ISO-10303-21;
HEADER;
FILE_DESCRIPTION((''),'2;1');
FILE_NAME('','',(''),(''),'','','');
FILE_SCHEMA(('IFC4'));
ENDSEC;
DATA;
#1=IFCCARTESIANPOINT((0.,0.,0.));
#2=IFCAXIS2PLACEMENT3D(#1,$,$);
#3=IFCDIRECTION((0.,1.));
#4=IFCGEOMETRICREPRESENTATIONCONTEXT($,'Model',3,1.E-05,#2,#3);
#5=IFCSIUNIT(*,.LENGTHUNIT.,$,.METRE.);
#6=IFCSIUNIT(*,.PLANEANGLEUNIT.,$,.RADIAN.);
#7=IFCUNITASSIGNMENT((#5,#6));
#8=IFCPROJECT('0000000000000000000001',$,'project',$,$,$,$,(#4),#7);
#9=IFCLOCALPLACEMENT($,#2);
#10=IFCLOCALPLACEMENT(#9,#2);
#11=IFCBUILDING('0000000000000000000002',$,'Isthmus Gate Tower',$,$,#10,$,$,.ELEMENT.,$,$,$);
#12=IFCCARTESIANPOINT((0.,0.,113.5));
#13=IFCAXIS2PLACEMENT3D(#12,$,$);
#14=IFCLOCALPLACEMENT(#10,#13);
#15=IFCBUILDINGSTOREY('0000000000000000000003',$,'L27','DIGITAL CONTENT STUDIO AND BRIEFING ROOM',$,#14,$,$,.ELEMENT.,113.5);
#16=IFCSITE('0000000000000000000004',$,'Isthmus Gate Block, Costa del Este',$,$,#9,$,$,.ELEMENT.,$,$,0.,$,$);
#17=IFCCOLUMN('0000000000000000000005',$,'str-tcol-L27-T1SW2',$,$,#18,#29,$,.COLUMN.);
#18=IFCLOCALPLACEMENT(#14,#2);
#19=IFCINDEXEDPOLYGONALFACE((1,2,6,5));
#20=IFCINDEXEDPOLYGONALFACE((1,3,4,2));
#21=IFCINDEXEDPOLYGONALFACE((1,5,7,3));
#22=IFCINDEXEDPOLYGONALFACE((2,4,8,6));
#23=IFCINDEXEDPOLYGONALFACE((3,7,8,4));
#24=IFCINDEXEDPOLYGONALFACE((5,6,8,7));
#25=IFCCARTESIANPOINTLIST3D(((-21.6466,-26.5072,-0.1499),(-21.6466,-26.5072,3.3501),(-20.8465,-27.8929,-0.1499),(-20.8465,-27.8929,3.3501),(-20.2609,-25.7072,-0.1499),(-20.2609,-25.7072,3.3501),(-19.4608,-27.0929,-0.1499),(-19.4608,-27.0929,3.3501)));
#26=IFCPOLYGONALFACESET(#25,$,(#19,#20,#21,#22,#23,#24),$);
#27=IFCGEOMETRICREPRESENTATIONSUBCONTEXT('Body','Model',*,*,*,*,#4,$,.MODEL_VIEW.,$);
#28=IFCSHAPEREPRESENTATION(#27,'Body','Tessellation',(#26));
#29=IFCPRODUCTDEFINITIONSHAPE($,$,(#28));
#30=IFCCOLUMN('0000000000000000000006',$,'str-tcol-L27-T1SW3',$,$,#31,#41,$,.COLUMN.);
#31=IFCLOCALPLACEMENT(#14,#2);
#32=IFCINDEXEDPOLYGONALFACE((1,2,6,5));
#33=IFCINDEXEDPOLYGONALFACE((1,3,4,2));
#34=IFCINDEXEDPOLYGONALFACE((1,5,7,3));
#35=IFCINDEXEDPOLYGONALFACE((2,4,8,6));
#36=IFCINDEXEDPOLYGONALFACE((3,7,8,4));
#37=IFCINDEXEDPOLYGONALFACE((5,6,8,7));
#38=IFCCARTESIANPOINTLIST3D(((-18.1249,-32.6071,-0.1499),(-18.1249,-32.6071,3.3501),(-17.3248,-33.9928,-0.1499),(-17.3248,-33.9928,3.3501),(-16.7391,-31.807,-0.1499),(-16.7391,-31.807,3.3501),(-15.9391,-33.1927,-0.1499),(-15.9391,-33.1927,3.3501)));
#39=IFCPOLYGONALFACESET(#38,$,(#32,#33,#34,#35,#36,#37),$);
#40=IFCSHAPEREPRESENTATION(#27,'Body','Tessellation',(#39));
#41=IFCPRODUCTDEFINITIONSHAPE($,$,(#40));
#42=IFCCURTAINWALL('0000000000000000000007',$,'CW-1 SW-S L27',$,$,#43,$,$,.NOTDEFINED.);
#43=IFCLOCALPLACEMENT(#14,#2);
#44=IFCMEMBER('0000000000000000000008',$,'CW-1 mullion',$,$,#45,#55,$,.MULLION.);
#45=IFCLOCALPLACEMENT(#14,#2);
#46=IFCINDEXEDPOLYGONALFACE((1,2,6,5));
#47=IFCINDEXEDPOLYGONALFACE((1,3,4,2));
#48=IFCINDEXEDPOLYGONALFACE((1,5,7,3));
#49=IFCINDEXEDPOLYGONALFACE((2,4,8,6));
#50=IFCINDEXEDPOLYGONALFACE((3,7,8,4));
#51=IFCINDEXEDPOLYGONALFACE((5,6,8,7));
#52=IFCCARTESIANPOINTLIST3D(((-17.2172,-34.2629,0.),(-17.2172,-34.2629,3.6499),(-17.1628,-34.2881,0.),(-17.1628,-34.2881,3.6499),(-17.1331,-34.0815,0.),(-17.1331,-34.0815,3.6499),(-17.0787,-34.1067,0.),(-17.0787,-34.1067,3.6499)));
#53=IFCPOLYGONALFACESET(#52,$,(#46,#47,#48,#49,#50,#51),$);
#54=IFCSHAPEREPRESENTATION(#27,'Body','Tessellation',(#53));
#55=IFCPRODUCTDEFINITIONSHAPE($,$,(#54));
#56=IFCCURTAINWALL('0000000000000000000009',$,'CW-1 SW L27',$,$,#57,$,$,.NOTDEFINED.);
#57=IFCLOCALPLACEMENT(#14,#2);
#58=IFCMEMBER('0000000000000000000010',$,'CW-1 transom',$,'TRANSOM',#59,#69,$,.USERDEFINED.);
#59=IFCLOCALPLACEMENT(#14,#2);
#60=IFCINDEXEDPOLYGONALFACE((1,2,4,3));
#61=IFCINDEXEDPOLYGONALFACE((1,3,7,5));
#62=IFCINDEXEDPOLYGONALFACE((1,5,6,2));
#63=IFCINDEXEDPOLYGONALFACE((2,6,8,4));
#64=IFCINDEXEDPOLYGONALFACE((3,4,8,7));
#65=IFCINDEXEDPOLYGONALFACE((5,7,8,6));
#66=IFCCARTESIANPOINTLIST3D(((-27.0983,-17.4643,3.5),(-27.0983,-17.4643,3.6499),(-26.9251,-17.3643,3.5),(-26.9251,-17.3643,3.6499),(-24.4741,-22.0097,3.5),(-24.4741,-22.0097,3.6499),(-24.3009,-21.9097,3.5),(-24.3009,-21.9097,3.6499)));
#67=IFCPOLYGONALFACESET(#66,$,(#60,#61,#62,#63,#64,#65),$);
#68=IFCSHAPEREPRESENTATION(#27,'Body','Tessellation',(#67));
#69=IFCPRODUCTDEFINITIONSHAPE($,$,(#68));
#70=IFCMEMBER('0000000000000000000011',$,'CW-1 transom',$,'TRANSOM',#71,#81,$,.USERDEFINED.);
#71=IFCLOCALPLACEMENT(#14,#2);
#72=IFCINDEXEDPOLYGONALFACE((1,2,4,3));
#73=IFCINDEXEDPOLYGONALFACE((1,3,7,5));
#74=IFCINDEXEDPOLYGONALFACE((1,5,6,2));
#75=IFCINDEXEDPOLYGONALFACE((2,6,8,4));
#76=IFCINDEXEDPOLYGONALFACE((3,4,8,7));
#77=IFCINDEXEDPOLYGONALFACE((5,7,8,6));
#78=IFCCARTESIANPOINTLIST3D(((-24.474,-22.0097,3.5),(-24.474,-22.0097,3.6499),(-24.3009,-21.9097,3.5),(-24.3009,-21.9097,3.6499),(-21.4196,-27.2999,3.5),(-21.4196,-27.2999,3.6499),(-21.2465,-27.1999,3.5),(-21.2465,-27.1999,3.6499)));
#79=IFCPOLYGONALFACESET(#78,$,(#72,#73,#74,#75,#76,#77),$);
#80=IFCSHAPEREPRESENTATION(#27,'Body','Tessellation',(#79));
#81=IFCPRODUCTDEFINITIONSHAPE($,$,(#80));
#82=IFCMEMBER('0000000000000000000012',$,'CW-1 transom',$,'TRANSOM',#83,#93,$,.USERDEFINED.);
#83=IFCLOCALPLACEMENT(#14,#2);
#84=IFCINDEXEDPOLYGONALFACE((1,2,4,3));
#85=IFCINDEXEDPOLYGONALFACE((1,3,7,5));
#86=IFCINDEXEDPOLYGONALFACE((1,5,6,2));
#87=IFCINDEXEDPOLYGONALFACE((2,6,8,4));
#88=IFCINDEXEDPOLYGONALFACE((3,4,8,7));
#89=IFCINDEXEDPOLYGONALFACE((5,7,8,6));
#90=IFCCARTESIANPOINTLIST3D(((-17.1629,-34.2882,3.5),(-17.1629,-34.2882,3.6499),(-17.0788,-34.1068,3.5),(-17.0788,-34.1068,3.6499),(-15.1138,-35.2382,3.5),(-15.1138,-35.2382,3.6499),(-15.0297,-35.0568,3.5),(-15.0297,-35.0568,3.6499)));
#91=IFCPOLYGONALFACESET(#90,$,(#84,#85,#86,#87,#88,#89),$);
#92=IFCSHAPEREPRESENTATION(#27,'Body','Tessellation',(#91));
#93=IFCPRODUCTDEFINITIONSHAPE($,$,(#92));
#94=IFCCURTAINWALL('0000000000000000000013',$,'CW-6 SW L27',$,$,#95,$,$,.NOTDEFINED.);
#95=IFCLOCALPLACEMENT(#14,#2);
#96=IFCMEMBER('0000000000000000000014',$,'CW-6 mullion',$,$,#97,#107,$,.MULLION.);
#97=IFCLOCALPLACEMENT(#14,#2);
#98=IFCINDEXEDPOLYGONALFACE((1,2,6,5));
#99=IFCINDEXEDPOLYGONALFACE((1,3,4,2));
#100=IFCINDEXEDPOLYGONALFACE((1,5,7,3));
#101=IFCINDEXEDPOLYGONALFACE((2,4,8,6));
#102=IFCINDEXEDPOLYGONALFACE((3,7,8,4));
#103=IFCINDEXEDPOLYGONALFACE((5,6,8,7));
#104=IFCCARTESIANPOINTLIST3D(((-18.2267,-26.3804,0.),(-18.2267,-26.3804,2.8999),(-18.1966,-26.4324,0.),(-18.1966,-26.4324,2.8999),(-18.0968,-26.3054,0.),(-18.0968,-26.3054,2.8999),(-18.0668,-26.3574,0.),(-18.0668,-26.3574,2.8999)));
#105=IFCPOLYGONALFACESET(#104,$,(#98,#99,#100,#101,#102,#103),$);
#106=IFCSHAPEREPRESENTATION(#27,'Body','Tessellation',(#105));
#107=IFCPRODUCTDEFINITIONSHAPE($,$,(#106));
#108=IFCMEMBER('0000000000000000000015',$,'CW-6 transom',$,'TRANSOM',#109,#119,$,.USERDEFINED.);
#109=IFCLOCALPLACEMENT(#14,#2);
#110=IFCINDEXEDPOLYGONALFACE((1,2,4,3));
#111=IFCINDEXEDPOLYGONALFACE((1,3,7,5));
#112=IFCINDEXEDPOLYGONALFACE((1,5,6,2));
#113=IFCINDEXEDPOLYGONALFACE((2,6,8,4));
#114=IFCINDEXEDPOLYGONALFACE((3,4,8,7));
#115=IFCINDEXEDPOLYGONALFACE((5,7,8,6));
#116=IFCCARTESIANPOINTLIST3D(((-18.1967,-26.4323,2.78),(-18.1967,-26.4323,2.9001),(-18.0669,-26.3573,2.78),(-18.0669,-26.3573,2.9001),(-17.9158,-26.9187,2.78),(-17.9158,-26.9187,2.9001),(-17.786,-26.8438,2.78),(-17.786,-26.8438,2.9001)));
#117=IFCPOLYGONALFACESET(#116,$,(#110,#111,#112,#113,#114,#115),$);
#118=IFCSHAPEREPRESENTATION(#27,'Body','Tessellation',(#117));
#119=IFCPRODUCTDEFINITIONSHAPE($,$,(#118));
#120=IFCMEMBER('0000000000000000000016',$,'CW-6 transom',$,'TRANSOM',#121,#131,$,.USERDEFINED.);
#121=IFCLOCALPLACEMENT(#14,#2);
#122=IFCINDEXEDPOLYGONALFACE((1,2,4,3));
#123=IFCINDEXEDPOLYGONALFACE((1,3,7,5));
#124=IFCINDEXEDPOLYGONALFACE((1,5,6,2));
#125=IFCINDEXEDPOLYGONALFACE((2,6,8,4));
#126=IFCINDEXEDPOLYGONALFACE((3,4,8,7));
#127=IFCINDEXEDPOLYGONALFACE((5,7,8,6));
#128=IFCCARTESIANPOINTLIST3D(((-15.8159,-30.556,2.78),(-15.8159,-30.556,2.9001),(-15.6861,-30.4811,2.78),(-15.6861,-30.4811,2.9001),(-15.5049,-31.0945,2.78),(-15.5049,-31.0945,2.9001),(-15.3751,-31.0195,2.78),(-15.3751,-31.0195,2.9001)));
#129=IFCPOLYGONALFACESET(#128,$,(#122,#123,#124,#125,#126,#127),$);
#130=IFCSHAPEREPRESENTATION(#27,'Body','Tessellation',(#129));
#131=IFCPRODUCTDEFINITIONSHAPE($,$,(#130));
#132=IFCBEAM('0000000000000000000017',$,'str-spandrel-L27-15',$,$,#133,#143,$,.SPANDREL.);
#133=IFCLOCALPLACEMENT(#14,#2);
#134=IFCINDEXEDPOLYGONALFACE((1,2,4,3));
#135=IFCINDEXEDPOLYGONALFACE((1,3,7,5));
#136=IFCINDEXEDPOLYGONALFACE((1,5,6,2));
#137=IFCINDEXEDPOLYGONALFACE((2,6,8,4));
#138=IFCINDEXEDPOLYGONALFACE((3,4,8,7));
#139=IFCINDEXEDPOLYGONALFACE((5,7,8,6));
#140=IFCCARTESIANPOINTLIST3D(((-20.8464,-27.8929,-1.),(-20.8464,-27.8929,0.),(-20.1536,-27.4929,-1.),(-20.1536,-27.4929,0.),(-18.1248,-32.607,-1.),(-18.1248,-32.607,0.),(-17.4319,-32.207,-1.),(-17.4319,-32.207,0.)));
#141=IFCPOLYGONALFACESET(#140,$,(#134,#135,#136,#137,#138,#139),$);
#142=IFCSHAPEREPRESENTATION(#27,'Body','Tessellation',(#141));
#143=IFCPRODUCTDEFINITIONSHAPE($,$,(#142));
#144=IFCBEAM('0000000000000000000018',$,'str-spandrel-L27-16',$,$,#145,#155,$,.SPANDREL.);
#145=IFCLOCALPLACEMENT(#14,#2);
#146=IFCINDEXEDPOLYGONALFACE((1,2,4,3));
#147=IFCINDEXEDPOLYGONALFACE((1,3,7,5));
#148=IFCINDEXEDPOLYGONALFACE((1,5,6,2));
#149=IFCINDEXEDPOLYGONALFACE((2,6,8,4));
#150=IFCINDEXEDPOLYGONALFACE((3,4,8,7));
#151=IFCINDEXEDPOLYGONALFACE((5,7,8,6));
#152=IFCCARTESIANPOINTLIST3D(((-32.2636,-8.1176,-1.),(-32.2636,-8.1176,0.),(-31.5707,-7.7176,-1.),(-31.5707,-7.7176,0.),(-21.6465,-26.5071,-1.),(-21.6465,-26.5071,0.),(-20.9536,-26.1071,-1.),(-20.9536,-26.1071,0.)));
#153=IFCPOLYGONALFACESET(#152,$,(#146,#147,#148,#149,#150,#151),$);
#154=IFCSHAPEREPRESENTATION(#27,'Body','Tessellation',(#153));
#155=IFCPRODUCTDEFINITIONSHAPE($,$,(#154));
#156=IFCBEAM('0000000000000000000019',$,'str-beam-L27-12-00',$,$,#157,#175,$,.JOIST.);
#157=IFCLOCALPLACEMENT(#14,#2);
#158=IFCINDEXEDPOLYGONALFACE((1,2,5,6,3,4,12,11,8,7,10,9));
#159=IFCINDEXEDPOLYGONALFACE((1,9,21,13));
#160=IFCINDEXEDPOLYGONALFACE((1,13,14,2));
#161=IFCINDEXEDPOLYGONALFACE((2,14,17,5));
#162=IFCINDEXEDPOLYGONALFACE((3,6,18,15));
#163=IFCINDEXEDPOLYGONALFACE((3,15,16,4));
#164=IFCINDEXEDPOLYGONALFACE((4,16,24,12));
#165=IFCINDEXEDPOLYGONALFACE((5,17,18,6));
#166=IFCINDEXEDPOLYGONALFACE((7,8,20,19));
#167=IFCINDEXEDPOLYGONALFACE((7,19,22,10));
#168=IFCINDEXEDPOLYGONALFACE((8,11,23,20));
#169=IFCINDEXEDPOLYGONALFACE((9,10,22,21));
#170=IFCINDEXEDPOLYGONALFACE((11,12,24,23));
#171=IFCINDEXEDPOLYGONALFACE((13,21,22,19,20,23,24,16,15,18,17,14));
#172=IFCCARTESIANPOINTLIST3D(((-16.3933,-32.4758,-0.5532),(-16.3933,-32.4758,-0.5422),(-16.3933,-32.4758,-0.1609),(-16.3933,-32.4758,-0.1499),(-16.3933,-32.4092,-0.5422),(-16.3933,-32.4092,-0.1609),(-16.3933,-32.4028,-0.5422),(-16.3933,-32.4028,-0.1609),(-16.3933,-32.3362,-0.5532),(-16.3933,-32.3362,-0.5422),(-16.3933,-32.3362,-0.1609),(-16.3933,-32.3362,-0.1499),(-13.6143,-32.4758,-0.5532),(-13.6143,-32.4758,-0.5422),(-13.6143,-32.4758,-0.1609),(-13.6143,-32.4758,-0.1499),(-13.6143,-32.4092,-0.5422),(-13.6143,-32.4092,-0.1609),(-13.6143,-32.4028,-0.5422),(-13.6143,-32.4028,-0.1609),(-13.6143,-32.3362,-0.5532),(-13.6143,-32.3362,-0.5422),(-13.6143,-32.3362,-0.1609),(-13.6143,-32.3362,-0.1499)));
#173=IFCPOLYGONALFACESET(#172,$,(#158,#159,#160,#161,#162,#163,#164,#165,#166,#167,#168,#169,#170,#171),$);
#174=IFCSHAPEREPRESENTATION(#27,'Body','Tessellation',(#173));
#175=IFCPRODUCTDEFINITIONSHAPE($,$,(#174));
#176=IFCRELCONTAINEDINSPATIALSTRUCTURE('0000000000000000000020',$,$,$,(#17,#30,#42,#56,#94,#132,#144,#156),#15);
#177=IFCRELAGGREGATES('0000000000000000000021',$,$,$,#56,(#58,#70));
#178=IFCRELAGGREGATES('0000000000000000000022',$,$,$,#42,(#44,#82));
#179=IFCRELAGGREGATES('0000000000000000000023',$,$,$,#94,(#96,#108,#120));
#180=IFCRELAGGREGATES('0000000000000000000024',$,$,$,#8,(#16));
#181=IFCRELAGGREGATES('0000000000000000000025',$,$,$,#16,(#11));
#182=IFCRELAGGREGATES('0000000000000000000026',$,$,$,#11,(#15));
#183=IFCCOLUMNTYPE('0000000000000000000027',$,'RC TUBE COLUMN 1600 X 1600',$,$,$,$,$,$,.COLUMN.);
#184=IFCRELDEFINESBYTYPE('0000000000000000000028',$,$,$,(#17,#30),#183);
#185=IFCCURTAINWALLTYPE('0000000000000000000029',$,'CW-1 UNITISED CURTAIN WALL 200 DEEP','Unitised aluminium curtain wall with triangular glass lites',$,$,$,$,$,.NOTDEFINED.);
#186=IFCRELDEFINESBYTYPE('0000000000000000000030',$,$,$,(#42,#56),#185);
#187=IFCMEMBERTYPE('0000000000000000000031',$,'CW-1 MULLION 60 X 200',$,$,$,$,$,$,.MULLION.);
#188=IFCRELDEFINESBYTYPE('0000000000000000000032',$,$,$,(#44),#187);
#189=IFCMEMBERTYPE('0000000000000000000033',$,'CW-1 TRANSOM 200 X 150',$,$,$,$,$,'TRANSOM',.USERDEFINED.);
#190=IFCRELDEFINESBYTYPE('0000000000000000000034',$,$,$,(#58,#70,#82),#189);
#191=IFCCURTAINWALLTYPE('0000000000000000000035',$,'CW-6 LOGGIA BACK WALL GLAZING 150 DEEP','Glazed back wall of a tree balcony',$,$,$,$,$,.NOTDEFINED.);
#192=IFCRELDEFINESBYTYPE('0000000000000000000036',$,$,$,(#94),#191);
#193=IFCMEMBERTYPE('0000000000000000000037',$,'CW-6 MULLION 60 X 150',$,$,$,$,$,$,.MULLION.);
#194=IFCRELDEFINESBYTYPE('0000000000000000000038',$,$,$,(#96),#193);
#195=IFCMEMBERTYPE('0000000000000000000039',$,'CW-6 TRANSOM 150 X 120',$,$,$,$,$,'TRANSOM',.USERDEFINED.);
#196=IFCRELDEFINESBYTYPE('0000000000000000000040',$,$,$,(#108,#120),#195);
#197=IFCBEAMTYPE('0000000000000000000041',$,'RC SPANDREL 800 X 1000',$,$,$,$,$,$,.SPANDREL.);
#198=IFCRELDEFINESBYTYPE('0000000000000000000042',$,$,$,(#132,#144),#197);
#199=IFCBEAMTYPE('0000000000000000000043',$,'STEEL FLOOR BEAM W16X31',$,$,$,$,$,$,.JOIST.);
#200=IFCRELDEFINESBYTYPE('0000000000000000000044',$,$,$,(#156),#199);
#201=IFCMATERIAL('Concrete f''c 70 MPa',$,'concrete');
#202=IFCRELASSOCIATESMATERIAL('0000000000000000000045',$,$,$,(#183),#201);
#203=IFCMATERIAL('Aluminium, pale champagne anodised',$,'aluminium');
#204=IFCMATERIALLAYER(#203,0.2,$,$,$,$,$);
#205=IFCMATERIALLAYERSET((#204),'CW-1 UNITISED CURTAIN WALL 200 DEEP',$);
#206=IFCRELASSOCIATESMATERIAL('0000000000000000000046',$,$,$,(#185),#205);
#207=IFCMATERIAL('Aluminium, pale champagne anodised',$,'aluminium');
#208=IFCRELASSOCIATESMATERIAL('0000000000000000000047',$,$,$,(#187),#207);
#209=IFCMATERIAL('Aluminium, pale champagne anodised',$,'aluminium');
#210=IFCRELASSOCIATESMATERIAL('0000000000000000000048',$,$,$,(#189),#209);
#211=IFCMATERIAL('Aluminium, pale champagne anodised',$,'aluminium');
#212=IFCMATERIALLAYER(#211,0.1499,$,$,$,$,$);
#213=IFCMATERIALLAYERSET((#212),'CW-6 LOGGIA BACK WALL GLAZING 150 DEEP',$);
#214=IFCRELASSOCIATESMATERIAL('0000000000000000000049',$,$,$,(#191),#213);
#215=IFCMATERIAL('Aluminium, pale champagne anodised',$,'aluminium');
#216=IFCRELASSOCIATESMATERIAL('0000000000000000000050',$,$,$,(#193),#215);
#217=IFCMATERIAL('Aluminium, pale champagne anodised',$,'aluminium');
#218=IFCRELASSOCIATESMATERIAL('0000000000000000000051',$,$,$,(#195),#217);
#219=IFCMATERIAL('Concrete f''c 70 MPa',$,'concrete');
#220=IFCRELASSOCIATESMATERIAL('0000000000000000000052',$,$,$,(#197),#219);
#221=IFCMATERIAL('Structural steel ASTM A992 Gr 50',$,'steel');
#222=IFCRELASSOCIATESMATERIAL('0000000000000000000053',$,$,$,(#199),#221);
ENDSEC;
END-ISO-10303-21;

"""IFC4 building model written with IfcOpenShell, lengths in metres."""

from ifc_helpers import new_model, si_unit, direction, frame, origin, origin_2d, place, context, subcontext, project, spatial, rectangle, i_section, extrude, material, layer, layer_set, material_profile, profile_set, type_object, element, aggregate, save


model = new_model("IFC4")

# Units and contexts
model_context = context("Model", 3, precision=1e-05, world=origin(), true_north=direction((0.0, 1.0)))
body_context = subcontext(model_context, "Body", "Model", "MODEL_VIEW")
ifc_project = project(units=[si_unit("LENGTHUNIT", "METRE"), si_unit("PLANEANGLEUNIT", "RADIAN")], contexts=[model_context])

# Site, building, storey
site_placement = place(None, origin())
site = spatial("IfcSite", under=ifc_project, at=site_placement, Name="Isthmus Gate Block, Costa del Este", CompositionType="ELEMENT", RefElevation=0.0)
building_placement = place(site_placement, origin())
building = spatial("IfcBuilding", under=site, at=building_placement, Name="Isthmus Gate Tower", CompositionType="ELEMENT")
storey_placement = place(building_placement, frame((0.0, 0.0, 113.5)))
storey = spatial("IfcBuildingStorey", under=building, at=storey_placement, Name="L27", Description="DIGITAL CONTENT STUDIO AND BRIEFING ROOM", CompositionType="ELEMENT", Elevation=113.5)

# Columns
ifc_material_1 = material(Name="Concrete f'c 70 MPa", Category="concrete")
ifc_material_profile_1 = material_profile(ifc_material_1, rectangle(XDim=1.6001, YDim=1.6001, at=origin_2d()), Name="RC 1600X1600")
ifc_profile_set_1 = profile_set([ifc_material_profile_1], Name="Concrete f'c 70 MPa")
column_type = type_object("IfcColumnType", Name="RC TUBE COLUMN 1600 X 1600", PredefinedType="COLUMN", material=ifc_profile_set_1)
for number, where, z_axis, x_axis, name in (
    (1, (-20.5537, -26.8, -0.1499), (0.0, 0.0, 1.0), (0.5, -0.866025, 0.0), "str-tcol-L27-T1SW2"),
    (2, (-17.032, -32.8999, -0.1499), (0.0, 0.0, 1.0), (0.5, -0.866025, 0.0), "str-tcol-L27-T1SW3"),
):
    element("IfcColumn", number, at=place(storey_placement, frame(where, z_axis=z_axis, x_axis=x_axis)), inside=storey, type_object=column_type, Name=name, PredefinedType="COLUMN", context=body_context, shape_type="SweptSolid", body=[
        extrude(rectangle(XDim=1.6001, YDim=1.6001, at=origin_2d()), origin(), (0.0, 0.0, 1.0), 3.5),
    ])

# Curtain wall, member
ifc_material_2 = material(Name="Aluminium, pale champagne anodised", Category="aluminium")
ifc_layer_1 = layer(ifc_material_2, 0.2)
ifc_layer_set_1 = layer_set([ifc_layer_1], Name="CW-1 UNITISED CURTAIN WALL 200 DEEP")
curtain_wall_type_1 = type_object("IfcCurtainWallType", Name="CW-1 UNITISED CURTAIN WALL 200 DEEP", Description="Unitised aluminium curtain wall with triangular glass lites", PredefinedType="NOTDEFINED", material=ifc_layer_set_1)
curtain_wall_1_placement = place(storey_placement, origin())
curtain_wall_1 = element("IfcCurtainWall", 3, at=curtain_wall_1_placement, inside=storey, type_object=curtain_wall_type_1, Name="CW-1 SW-S L27", PredefinedType="NOTDEFINED")
ifc_material_3 = material(Name="Aluminium, pale champagne anodised", Category="aluminium")
ifc_material_profile_2 = material_profile(ifc_material_3, rectangle(XDim=0.0601, YDim=0.2, at=origin_2d()), Name="60x200")
ifc_profile_set_2 = profile_set([ifc_material_profile_2], Name="Aluminium, pale champagne anodised")
member_type_1 = type_object("IfcMemberType", Name="CW-1 MULLION 60 X 200", PredefinedType="MULLION", material=ifc_profile_set_2)
member_1_placement = place(storey_placement, frame((-17.1479, -34.1848, 0.0), z_axis=(0.0, 0.0, 1.0), x_axis=(0.907256, -0.420578, 0.0)))
member_1 = element("IfcMember", 4, at=member_1_placement, type_object=member_type_1, Name="CW-1 mullion", PredefinedType="MULLION", context=body_context, shape_type="SweptSolid", body=[
    extrude(rectangle(XDim=0.0601, YDim=0.2, at=origin_2d()), origin(), (0.0, 0.0, 1.0), 3.6499),
])

# Curtain wall, members
curtain_wall_2_placement = place(storey_placement, origin())
curtain_wall_2 = element("IfcCurtainWall", 5, at=curtain_wall_2_placement, inside=storey, type_object=curtain_wall_type_1, Name="CW-1 SW L27", PredefinedType="NOTDEFINED")
ifc_material_4 = material(Name="Aluminium, pale champagne anodised", Category="aluminium")
ifc_material_profile_3 = material_profile(ifc_material_4, rectangle(XDim=0.2, YDim=0.1499, at=origin_2d()), Name="200x150")
ifc_profile_set_3 = profile_set([ifc_material_profile_3], Name="Aluminium, pale champagne anodised")
member_type_2 = type_object("IfcMemberType", Name="CW-1 TRANSOM 200 X 150", ElementType="TRANSOM", PredefinedType="USERDEFINED", material=ifc_profile_set_3)
member_2_placement = place(storey_placement, frame((-27.0117, -17.4143, 3.575), z_axis=(0.499996, -0.866028, 0.0), x_axis=(0.866028, 0.499996, 0.0)))
member_2 = element("IfcMember", 6, at=member_2_placement, type_object=member_type_2, Name="CW-1 transom", ObjectType="TRANSOM", PredefinedType="USERDEFINED", context=body_context, shape_type="SweptSolid", body=[
    extrude(rectangle(XDim=0.2, YDim=0.1499, at=origin_2d()), origin(), (0.0, 0.0, 1.0), 5.2485),
])
member_3_placement = place(storey_placement, frame((-24.3875, -21.9597, 3.575), z_axis=(0.500012, -0.866019, 0.0), x_axis=(0.866019, 0.500012, 0.0)))
member_3 = element("IfcMember", 7, at=member_3_placement, type_object=member_type_2, Name="CW-1 transom", ObjectType="TRANSOM", PredefinedType="USERDEFINED", context=body_context, shape_type="SweptSolid", body=[
    extrude(rectangle(XDim=0.2, YDim=0.1499, at=origin_2d()), origin(), (0.0, 0.0, 1.0), 6.1086),
])

# Member
member_4_placement = place(storey_placement, frame((-17.1208, -34.1975, 3.575), z_axis=(0.907246, -0.4206, 0.0), x_axis=(0.4206, 0.907246, 0.0)))
member_4 = element("IfcMember", 8, at=member_4_placement, type_object=member_type_2, Name="CW-1 transom", ObjectType="TRANSOM", PredefinedType="USERDEFINED", context=body_context, shape_type="SweptSolid", body=[
    extrude(rectangle(XDim=0.2, YDim=0.1499, at=origin_2d()), origin(), (0.0, 0.0, 1.0), 2.2585),
])

# Curtain wall, members
ifc_material_5 = material(Name="Aluminium, pale champagne anodised", Category="aluminium")
ifc_layer_2 = layer(ifc_material_5, 0.1499)
ifc_layer_set_2 = layer_set([ifc_layer_2], Name="CW-6 LOGGIA BACK WALL GLAZING 150 DEEP")
curtain_wall_type_2 = type_object("IfcCurtainWallType", Name="CW-6 LOGGIA BACK WALL GLAZING 150 DEEP", Description="Glazed back wall of a tree balcony", PredefinedType="NOTDEFINED", material=ifc_layer_set_2)
curtain_wall_3_placement = place(storey_placement, origin())
curtain_wall_3 = element("IfcCurtainWall", 9, at=curtain_wall_3_placement, inside=storey, type_object=curtain_wall_type_2, Name="CW-6 SW L27", PredefinedType="NOTDEFINED")
ifc_material_6 = material(Name="Aluminium, pale champagne anodised", Category="aluminium")
ifc_material_profile_4 = material_profile(ifc_material_6, rectangle(XDim=0.0601, YDim=0.1499, at=origin_2d()), Name="60x150")
ifc_profile_set_4 = profile_set([ifc_material_profile_4], Name="Aluminium, pale champagne anodised")
member_type_3 = type_object("IfcMemberType", Name="CW-6 MULLION 60 X 150", PredefinedType="MULLION", material=ifc_profile_set_4)
member_5_placement = place(storey_placement, frame((-18.1467, -26.3689, 0.0), z_axis=(0.0, 0.0, 1.0), x_axis=(0.5, -0.866025, 0.0)))
member_5 = element("IfcMember", 10, at=member_5_placement, type_object=member_type_3, Name="CW-6 mullion", PredefinedType="MULLION", context=body_context, shape_type="SweptSolid", body=[
    extrude(rectangle(XDim=0.0601, YDim=0.1499, at=origin_2d()), origin(), (0.0, 0.0, 1.0), 2.8999),
])
ifc_material_7 = material(Name="Aluminium, pale champagne anodised", Category="aluminium")
ifc_material_profile_5 = material_profile(ifc_material_7, rectangle(XDim=0.1499, YDim=0.1201, at=origin_2d()), Name="150x120")
ifc_profile_set_5 = profile_set([ifc_material_profile_5], Name="Aluminium, pale champagne anodised")
member_type_4 = type_object("IfcMemberType", Name="CW-6 TRANSOM 150 X 120", ElementType="TRANSOM", PredefinedType="USERDEFINED", material=ifc_profile_set_5)
member_6_placement = place(storey_placement, frame((-18.1318, -26.3948, 2.8401), z_axis=(0.500111, -0.865961, 0.0), x_axis=(0.865961, 0.500111, 0.0)))
member_6 = element("IfcMember", 11, at=member_6_placement, type_object=member_type_4, Name="CW-6 transom", ObjectType="TRANSOM", PredefinedType="USERDEFINED", context=body_context, shape_type="SweptSolid", body=[
    extrude(rectangle(XDim=0.1499, YDim=0.1201, at=origin_2d()), origin(), (0.0, 0.0, 1.0), 0.5618),
])
member_7_placement = place(storey_placement, frame((-15.751, -30.5186, 2.8401), z_axis=(0.500108, -0.865963, 0.0), x_axis=(0.865963, 0.500108, 0.0)))
member_7 = element("IfcMember", 12, at=member_7_placement, type_object=member_type_4, Name="CW-6 transom", ObjectType="TRANSOM", PredefinedType="USERDEFINED", context=body_context, shape_type="SweptSolid", body=[
    extrude(rectangle(XDim=0.1499, YDim=0.1201, at=origin_2d()), origin(), (0.0, 0.0, 1.0), 0.6218),
])

# Beams
ifc_material_8 = material(Name="Concrete f'c 70 MPa", Category="concrete")
ifc_material_profile_6 = material_profile(ifc_material_8, rectangle(XDim=0.8, YDim=1.0, at=origin_2d()), Name="RC 800X1000")
ifc_profile_set_6 = profile_set([ifc_material_profile_6], Name="Concrete f'c 70 MPa")
beam_type_1 = type_object("IfcBeamType", Name="RC SPANDREL 800 X 1000", PredefinedType="SPANDREL", material=ifc_profile_set_6)
beam_1_placement = place(storey_placement, frame((-17.7783, -32.407, -0.5), z_axis=(-0.499998, 0.866026, 0.0), x_axis=(-0.866026, -0.499998, 0.0)))
element("IfcBeam", 13, at=beam_1_placement, inside=storey, type_object=beam_type_1, Name="str-spandrel-L27-15", PredefinedType="SPANDREL", context=body_context, shape_type="SweptSolid", body=[
    extrude(rectangle(XDim=0.8, YDim=1.0, at=origin_2d()), origin(), (0.0, 0.0, 1.0), 5.4434),
])
beam_2_placement = place(storey_placement, frame((-21.3, -26.3071, -0.5), z_axis=(-0.499997, 0.866027, 0.0), x_axis=(-0.866027, -0.499997, 0.0)))
element("IfcBeam", 14, at=beam_2_placement, inside=storey, type_object=beam_type_1, Name="str-spandrel-L27-16", PredefinedType="SPANDREL", context=body_context, shape_type="SweptSolid", body=[
    extrude(rectangle(XDim=0.8, YDim=1.0, at=origin_2d()), origin(), (0.0, 0.0, 1.0), 21.2344),
])
ifc_material_9 = material(Name="Structural steel ASTM A992 Gr 50", Category="steel")
ifc_material_profile_7 = material_profile(ifc_material_9, i_section(OverallWidth=0.1396, OverallDepth=0.4033, WebThickness=0.0063, FlangeThickness=0.011, at=origin_2d()), Name="W16X31")
ifc_profile_set_7 = profile_set([ifc_material_profile_7], Name="Structural steel ASTM A992 Gr 50")
beam_type_2 = type_object("IfcBeamType", Name="STEEL FLOOR BEAM W16X31", PredefinedType="JOIST", material=ifc_profile_set_7)
beam_3_placement = place(storey_placement, frame((-16.3933, -32.406, -0.3516), z_axis=(1.0, 0.0, 0.0), x_axis=(0.0, 1.0, 0.0)))
element("IfcBeam", 15, at=beam_3_placement, inside=storey, type_object=beam_type_2, Name="str-beam-L27-12-00", PredefinedType="JOIST", context=body_context, shape_type="SweptSolid", body=[
    extrude(i_section(OverallWidth=0.1396, OverallDepth=0.4033, WebThickness=0.0063, FlangeThickness=0.011, at=origin_2d()), origin(), (0.0, 0.0, 1.0), 2.7791),
])

aggregate(curtain_wall_2, [member_2, member_3])
aggregate(curtain_wall_1, [member_1, member_4])
aggregate(curtain_wall_3, [member_5, member_6, member_7])

save(model, "model.ifc")
